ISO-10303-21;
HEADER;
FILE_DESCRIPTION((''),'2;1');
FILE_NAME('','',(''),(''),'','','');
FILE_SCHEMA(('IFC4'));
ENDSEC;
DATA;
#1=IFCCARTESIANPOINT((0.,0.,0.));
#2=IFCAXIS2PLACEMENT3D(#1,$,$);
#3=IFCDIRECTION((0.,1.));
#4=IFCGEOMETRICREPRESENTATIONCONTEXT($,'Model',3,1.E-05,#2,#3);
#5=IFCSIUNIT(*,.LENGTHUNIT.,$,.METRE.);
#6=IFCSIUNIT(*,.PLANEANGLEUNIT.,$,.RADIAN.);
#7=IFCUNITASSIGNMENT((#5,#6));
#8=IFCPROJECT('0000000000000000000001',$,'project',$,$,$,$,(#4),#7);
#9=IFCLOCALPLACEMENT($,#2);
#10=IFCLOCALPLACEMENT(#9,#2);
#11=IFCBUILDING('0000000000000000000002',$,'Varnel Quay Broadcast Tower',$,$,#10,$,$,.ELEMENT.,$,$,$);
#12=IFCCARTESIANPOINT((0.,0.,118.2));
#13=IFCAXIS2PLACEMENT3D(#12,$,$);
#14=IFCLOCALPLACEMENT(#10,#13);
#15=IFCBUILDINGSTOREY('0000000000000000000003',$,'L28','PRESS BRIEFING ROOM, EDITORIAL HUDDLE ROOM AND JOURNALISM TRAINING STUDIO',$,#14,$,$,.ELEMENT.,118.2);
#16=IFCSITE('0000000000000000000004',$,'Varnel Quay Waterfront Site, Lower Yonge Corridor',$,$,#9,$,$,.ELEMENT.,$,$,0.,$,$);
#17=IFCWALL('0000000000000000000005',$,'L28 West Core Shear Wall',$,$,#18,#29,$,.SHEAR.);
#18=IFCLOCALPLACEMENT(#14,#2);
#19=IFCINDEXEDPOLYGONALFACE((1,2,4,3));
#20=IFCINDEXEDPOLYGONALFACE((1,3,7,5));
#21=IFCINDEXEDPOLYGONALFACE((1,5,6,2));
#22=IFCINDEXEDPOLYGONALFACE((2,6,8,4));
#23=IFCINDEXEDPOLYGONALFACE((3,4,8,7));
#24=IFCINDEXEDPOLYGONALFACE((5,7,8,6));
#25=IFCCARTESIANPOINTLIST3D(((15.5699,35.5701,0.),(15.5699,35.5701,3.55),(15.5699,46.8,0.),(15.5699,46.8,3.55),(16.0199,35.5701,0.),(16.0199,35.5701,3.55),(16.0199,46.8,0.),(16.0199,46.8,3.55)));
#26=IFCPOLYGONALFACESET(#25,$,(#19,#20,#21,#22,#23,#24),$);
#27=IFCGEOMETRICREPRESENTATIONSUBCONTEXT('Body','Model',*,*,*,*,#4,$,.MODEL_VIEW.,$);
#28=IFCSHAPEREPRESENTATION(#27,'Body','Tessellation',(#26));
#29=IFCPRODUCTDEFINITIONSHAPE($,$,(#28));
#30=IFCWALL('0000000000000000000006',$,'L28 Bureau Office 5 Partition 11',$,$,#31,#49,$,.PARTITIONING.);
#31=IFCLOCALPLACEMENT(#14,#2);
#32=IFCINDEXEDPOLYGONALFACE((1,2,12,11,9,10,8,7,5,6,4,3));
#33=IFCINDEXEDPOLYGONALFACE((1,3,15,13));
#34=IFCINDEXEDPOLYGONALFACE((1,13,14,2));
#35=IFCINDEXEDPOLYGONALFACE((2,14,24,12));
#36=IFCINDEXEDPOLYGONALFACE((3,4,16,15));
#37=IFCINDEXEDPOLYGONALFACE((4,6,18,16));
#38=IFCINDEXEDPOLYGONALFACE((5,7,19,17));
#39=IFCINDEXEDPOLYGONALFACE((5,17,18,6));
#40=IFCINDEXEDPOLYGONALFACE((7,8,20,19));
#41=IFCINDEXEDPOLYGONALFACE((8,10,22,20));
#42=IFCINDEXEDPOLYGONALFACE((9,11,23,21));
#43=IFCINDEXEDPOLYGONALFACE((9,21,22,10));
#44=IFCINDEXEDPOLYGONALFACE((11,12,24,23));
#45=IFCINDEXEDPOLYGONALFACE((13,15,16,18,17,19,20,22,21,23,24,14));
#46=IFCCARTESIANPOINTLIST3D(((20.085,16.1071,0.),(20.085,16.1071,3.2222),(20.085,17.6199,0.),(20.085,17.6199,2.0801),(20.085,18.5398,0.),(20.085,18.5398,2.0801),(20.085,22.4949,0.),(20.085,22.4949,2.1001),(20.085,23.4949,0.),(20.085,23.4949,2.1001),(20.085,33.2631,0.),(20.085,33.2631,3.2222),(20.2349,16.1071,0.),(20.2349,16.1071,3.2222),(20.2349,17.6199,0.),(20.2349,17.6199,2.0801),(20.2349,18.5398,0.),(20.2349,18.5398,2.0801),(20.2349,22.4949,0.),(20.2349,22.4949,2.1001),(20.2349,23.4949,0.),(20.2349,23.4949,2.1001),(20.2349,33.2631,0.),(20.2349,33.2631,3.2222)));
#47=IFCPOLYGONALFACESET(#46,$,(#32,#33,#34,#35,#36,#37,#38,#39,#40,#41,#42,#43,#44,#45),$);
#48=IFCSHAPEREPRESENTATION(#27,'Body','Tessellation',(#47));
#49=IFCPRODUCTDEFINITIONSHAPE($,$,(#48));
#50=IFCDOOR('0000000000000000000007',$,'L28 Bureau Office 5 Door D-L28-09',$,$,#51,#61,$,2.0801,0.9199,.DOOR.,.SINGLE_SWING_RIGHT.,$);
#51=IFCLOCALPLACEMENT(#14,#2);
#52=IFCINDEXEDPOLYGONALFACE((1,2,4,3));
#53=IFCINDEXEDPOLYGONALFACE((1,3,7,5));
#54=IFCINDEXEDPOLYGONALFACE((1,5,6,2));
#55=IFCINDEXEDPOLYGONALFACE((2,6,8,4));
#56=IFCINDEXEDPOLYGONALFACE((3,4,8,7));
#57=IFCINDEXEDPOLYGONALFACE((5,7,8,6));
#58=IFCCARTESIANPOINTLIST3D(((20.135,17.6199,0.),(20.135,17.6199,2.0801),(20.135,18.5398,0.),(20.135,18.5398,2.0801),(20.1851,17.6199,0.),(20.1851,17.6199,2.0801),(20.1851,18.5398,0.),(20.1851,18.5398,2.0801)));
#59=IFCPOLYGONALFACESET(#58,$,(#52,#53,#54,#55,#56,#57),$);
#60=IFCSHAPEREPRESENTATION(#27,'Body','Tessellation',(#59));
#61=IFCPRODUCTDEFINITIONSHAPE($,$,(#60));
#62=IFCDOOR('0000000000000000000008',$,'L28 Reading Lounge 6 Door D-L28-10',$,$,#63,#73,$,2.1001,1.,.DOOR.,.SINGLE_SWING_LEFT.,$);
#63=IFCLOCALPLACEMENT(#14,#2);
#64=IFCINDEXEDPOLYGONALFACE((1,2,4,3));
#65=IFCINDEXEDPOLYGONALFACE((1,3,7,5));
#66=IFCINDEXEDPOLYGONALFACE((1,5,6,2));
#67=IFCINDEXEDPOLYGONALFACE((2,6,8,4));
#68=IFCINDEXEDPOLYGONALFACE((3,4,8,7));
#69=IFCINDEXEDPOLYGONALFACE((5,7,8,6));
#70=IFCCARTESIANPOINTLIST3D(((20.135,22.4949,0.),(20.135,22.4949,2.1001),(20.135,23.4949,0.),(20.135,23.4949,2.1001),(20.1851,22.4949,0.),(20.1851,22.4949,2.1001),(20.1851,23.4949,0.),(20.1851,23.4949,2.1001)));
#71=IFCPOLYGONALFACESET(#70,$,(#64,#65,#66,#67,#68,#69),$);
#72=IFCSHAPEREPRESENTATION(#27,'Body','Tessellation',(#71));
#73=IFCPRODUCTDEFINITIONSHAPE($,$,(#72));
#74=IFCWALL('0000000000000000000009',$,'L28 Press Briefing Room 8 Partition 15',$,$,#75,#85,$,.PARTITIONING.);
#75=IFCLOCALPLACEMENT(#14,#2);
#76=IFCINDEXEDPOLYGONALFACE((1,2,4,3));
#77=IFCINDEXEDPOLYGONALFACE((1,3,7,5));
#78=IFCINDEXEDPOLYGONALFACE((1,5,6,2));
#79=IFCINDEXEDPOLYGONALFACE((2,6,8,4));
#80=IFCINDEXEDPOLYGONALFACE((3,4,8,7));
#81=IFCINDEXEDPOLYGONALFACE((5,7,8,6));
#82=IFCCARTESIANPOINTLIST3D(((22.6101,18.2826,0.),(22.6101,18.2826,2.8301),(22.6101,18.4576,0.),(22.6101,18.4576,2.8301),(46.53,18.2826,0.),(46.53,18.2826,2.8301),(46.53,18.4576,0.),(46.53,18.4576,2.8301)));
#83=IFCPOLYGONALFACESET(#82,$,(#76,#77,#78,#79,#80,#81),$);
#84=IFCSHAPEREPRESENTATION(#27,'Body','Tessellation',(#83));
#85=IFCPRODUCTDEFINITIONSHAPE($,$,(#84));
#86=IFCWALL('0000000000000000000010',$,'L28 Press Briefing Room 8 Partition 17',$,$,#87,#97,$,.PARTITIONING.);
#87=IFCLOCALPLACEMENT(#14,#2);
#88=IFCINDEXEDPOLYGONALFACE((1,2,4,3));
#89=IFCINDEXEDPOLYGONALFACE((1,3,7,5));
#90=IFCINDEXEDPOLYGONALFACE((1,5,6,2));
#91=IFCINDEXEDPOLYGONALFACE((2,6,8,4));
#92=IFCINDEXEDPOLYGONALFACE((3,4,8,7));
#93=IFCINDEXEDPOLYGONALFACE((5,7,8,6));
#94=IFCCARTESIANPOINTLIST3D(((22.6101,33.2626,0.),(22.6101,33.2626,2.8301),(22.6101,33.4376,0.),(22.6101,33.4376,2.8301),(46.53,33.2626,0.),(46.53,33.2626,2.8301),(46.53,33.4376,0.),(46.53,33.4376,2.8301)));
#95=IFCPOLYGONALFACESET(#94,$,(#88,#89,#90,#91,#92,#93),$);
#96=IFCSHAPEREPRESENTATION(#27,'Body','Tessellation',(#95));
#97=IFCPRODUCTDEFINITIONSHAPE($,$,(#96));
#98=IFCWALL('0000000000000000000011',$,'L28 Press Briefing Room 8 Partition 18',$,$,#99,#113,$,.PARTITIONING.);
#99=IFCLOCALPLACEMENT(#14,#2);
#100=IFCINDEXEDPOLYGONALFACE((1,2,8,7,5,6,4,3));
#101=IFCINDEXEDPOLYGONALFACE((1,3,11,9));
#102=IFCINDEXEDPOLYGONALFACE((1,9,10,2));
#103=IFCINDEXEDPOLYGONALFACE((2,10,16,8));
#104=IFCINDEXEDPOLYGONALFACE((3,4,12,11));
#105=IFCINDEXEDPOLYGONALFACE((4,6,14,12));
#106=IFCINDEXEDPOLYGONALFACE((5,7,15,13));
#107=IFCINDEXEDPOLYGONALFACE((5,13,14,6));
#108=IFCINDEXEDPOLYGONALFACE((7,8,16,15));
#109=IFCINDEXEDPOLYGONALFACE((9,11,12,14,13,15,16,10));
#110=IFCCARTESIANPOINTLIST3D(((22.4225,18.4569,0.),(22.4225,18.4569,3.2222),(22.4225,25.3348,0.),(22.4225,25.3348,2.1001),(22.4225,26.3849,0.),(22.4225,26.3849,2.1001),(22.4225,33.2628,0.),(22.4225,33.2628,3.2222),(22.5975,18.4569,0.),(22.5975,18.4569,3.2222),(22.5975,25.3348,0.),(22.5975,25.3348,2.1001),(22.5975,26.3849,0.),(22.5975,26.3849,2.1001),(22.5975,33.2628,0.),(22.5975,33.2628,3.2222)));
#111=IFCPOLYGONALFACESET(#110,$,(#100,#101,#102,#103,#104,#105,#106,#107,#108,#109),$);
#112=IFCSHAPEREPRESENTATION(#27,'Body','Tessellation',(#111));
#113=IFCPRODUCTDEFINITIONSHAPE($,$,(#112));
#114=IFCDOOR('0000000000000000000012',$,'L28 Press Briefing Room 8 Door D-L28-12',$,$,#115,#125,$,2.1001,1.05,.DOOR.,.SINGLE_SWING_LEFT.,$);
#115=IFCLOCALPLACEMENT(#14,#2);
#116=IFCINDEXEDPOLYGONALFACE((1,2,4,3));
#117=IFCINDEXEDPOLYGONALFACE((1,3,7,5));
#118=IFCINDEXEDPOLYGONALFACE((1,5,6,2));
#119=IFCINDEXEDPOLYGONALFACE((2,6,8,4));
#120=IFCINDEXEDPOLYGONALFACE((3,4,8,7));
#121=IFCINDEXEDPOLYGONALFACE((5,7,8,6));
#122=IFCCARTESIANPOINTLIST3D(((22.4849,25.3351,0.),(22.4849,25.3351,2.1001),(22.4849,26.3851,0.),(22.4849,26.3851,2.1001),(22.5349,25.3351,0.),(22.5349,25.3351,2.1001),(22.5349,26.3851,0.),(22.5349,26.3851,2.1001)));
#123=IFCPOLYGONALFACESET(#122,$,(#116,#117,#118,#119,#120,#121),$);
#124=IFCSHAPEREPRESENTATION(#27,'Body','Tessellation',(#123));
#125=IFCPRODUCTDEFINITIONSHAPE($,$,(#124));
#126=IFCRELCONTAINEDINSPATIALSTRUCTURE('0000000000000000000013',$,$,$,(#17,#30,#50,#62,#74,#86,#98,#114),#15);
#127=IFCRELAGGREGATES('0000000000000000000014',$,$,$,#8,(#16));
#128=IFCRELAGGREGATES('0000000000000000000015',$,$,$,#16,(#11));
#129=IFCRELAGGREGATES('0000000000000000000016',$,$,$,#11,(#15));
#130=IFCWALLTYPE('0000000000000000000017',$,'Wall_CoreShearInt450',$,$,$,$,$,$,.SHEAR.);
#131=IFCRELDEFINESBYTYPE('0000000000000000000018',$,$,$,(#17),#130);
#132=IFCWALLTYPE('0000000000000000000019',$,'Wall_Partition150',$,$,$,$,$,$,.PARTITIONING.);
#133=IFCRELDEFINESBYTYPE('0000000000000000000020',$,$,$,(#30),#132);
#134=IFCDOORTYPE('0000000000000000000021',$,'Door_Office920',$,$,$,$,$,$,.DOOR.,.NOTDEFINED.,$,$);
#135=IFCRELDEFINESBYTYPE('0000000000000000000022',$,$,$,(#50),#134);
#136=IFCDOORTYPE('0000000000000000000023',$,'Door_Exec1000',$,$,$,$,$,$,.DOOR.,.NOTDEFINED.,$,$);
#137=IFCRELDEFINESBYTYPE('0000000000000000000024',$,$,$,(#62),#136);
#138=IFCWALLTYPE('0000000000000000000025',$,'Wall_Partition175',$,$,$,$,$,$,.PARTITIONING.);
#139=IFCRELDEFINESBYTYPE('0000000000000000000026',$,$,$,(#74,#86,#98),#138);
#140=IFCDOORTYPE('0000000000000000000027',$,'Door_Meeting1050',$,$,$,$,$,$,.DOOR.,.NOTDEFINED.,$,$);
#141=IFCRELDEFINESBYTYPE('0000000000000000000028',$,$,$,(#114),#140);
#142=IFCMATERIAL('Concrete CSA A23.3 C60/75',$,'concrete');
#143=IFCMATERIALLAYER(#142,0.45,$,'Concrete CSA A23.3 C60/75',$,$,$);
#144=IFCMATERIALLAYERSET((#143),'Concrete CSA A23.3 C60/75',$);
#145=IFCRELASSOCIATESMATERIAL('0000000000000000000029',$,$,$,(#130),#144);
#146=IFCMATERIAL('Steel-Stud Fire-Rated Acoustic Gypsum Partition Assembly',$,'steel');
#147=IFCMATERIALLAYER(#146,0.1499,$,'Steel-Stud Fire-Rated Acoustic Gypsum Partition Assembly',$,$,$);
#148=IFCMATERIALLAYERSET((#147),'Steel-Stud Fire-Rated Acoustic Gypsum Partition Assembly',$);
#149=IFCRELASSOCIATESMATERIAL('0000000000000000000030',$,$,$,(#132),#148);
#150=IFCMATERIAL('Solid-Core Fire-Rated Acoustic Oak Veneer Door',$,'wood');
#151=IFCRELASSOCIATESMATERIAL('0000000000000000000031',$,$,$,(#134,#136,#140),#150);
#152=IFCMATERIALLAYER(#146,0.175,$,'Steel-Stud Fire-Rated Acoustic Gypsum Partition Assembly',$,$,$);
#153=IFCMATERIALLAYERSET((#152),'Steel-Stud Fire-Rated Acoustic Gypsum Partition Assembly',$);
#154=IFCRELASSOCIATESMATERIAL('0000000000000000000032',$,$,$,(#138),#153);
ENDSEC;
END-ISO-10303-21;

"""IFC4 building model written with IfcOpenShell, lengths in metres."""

from ifc_helpers import new_model, si_unit, direction, frame, frame_2d, origin, place, context, subcontext, project, spatial, rectangle, extrude, source, transform, mapped, material, layer, layer_set, type_object, type_shapes, element, fill, save


model = new_model("IFC4")

# Units and contexts
model_context = context("Model", 3, precision=1e-05, world=origin(), true_north=direction((0.0, 1.0)))
body_context = subcontext(model_context, "Body", "Model", "MODEL_VIEW")
ifc_project = project(units=[si_unit("LENGTHUNIT", "METRE"), si_unit("PLANEANGLEUNIT", "RADIAN")], contexts=[model_context])

# Site, building, storey
site_placement = place(None, origin())
site = spatial("IfcSite", under=ifc_project, at=site_placement, Name="Varnel Quay Waterfront Site, Lower Yonge Corridor", CompositionType="ELEMENT", RefElevation=0.0)
building_placement = place(site_placement, origin())
building = spatial("IfcBuilding", under=site, at=building_placement, Name="Varnel Quay Broadcast Tower", CompositionType="ELEMENT")
storey_placement = place(building_placement, frame((0.0, 0.0, 118.2)))
storey = spatial("IfcBuildingStorey", under=building, at=storey_placement, Name="L28", Description="PRESS BRIEFING ROOM, EDITORIAL HUDDLE ROOM AND JOURNALISM TRAINING STUDIO", CompositionType="ELEMENT", Elevation=118.2)

# Wall
ifc_material_1 = material(Name="Concrete CSA A23.3 C60/75", Category="concrete")
ifc_layer_1 = layer(ifc_material_1, 0.45, Name="Concrete CSA A23.3 C60/75")
ifc_layer_set_1 = layer_set([ifc_layer_1], Name="Concrete CSA A23.3 C60/75")
wall_type_1 = type_object("IfcWallType", Name="Wall_CoreShearInt450", PredefinedType="SHEAR", material=ifc_layer_set_1)
wall_1_placement = place(storey_placement, frame((15.7949, 35.5701, 0.0), z_axis=(0.0, 0.0, 1.0), x_axis=(0.0, 1.0, 0.0)))
element("IfcWall", 1, at=wall_1_placement, inside=storey, type_object=wall_type_1, Name="L28 West Core Shear Wall", PredefinedType="SHEAR", context=body_context, shape_type="SweptSolid", body=[
    extrude(rectangle(XDim=11.23, YDim=0.45, at=frame_2d((5.615, 0.0))), origin(), (0.0, 0.0, 1.0), 3.55),
])

# Wall, openings, doors
ifc_material_2 = material(Name="Steel-Stud Fire-Rated Acoustic Gypsum Partition Assembly", Category="steel")
ifc_layer_2 = layer(ifc_material_2, 0.1499, Name="Steel-Stud Fire-Rated Acoustic Gypsum Partition Assembly")
ifc_layer_set_2 = layer_set([ifc_layer_2], Name="Steel-Stud Fire-Rated Acoustic Gypsum Partition Assembly")
wall_type_2 = type_object("IfcWallType", Name="Wall_Partition150", PredefinedType="PARTITIONING", material=ifc_layer_set_2)
wall_2_placement = place(storey_placement, frame((20.1599, 16.1069, 0.0), z_axis=(0.0, 0.0, 1.0), x_axis=(0.0, 1.0, 0.0)))
wall_2 = element("IfcWall", 2, at=wall_2_placement, inside=storey, type_object=wall_type_2, Name="L28 Bureau Office 5 Partition 11", PredefinedType="PARTITIONING", context=body_context, shape_type="SweptSolid", body=[
    extrude(rectangle(XDim=17.156, YDim=0.1499, at=frame_2d((8.5781, 0.0))), origin(), (0.0, 0.0, 1.0), 3.2222),
])
opening_1_placement = place(wall_2_placement, frame((1.5129, 0.0, 0.0)))
opening_1 = element("IfcOpeningElement", 3, at=opening_1_placement, cuts=wall_2, PredefinedType="OPENING", context=body_context, shape_type="SweptSolid", body=[
    extrude(rectangle(XDim=0.9199, YDim=2.0801, at=frame_2d((0.46, 1.04))), frame((0.0, 0.085, 0.0), z_axis=(0.0, -1.0, 0.0), x_axis=(1.0, 0.0, 0.0)), (0.0, 0.0, 1.0), 0.1699),
])
opening_2_placement = place(wall_2_placement, frame((6.3879, 0.0, 0.0)))
opening_2 = element("IfcOpeningElement", 4, at=opening_2_placement, cuts=wall_2, PredefinedType="OPENING", context=body_context, shape_type="SweptSolid", body=[
    extrude(rectangle(XDim=1.0, YDim=2.1001, at=frame_2d((0.5, 1.05))), frame((0.0, 0.085, 0.0), z_axis=(0.0, -1.0, 0.0), x_axis=(1.0, 0.0, 0.0)), (0.0, 0.0, 1.0), 0.1699),
])
ifc_material_3 = material(Name="Solid-Core Fire-Rated Acoustic Oak Veneer Door", Category="wood")
door_type_1 = type_object("IfcDoorType", Name="Door_Office920", OperationType="NOTDEFINED", PredefinedType="DOOR", material=ifc_material_3)
shared_shape_1 = source(origin(), body_context, "Body", "SweptSolid", [
    extrude(rectangle(XDim=0.9199, YDim=2.0801, at=frame_2d((0.46, 1.04))), frame((0.0, 0.0249, 0.0), z_axis=(0.0, -1.0, 0.0), x_axis=(1.0, 0.0, 0.0)), (0.0, 0.0, 1.0), 0.05),
])
type_shapes(door_type_1, [shared_shape_1])
door_1_placement = place(opening_1_placement, origin())
door_1 = element("IfcDoor", 5, at=door_1_placement, inside=storey, type_object=door_type_1, Name="L28 Bureau Office 5 Door D-L28-09", OperationType="SINGLE_SWING_RIGHT", OverallHeight=2.0801, OverallWidth=0.9199, PredefinedType="DOOR", context=body_context, shape_type="MappedRepresentation", body=[
    mapped(shared_shape_1, transform((0.0, 0.0, 0.0), x_axis=(1.0, 0.0, 0.0), y_axis=(0.0, 1.0, 0.0), z_axis=(0.0, 0.0, 1.0), scale=1.0)),
])
fill(opening_1, door_1)
door_type_2 = type_object("IfcDoorType", Name="Door_Exec1000", OperationType="NOTDEFINED", PredefinedType="DOOR", material=ifc_material_3)
shared_shape_2 = source(origin(), body_context, "Body", "SweptSolid", [
    extrude(rectangle(XDim=1.0, YDim=2.1001, at=frame_2d((0.5, 1.05))), frame((0.0, 0.0249, 0.0), z_axis=(0.0, -1.0, 0.0), x_axis=(1.0, 0.0, 0.0)), (0.0, 0.0, 1.0), 0.05),
])
type_shapes(door_type_2, [shared_shape_2])
door_2_placement = place(opening_2_placement, origin())
door_2 = element("IfcDoor", 6, at=door_2_placement, inside=storey, type_object=door_type_2, Name="L28 Reading Lounge 6 Door D-L28-10", OperationType="SINGLE_SWING_LEFT", OverallHeight=2.1001, OverallWidth=1.0, PredefinedType="DOOR", context=body_context, shape_type="MappedRepresentation", body=[
    mapped(shared_shape_2, transform((0.0, 0.0, 0.0), x_axis=(1.0, 0.0, 0.0), y_axis=(0.0, 1.0, 0.0), z_axis=(0.0, 0.0, 1.0), scale=1.0)),
])
fill(opening_2, door_2)

# Walls
ifc_layer_3 = layer(ifc_material_2, 0.175, Name="Steel-Stud Fire-Rated Acoustic Gypsum Partition Assembly")
ifc_layer_set_3 = layer_set([ifc_layer_3], Name="Steel-Stud Fire-Rated Acoustic Gypsum Partition Assembly")
wall_type_3 = type_object("IfcWallType", Name="Wall_Partition175", PredefinedType="PARTITIONING", material=ifc_layer_set_3)
for number, where, z_axis, x_axis, name in (
    (7, (22.6101, 18.3701, 0.0), (0.0, 0.0, 1.0), (1.0, 0.0, 0.0), "L28 Press Briefing Room 8 Partition 15"),
    (8, (22.6101, 33.3501, 0.0), (0.0, 0.0, 1.0), (1.0, 0.0, 0.0), "L28 Press Briefing Room 8 Partition 17"),
):
    element("IfcWall", number, at=place(storey_placement, frame(where, z_axis=z_axis, x_axis=x_axis)), inside=storey, type_object=wall_type_3, Name=name, PredefinedType="PARTITIONING", context=body_context, shape_type="SweptSolid", body=[
        extrude(rectangle(XDim=23.9199, YDim=0.175, at=frame_2d((11.96, 0.0))), origin(), (0.0, 0.0, 1.0), 2.8301),
    ])

# Wall, opening, door
wall_3_placement = place(storey_placement, frame((22.51, 18.457, 0.0), z_axis=(0.0, 0.0, 1.0), x_axis=(0.0, 1.0, 0.0)))
wall_3 = element("IfcWall", 9, at=wall_3_placement, inside=storey, type_object=wall_type_3, Name="L28 Press Briefing Room 8 Partition 18", PredefinedType="PARTITIONING", context=body_context, shape_type="SweptSolid", body=[
    extrude(rectangle(XDim=14.8059, YDim=0.175, at=frame_2d((7.4028, 0.0))), origin(), (0.0, 0.0, 1.0), 3.2222),
])
opening_3_placement = place(wall_3_placement, frame((6.8779, 0.0, 0.0)))
opening_3 = element("IfcOpeningElement", 10, at=opening_3_placement, cuts=wall_3, PredefinedType="OPENING", context=body_context, shape_type="SweptSolid", body=[
    extrude(rectangle(XDim=1.05, YDim=2.1001, at=frame_2d((0.5249, 1.05))), frame((0.0, 0.0977, 0.0), z_axis=(0.0, -1.0, 0.0), x_axis=(1.0, 0.0, 0.0)), (0.0, 0.0, 1.0), 0.1951),
])
door_type_3 = type_object("IfcDoorType", Name="Door_Meeting1050", OperationType="NOTDEFINED", PredefinedType="DOOR", material=ifc_material_3)
shared_shape_3 = source(origin(), body_context, "Body", "SweptSolid", [
    extrude(rectangle(XDim=1.05, YDim=2.1001, at=frame_2d((0.5249, 1.05))), frame((0.0, 0.0249, 0.0), z_axis=(0.0, -1.0, 0.0), x_axis=(1.0, 0.0, 0.0)), (0.0, 0.0, 1.0), 0.05),
])
type_shapes(door_type_3, [shared_shape_3])
door_3_placement = place(opening_3_placement, frame((1.05, 0.0, 0.0), z_axis=(0.0, 0.0, 1.0), x_axis=(-1.0, 0.0, 0.0)))
door_3 = element("IfcDoor", 11, at=door_3_placement, inside=storey, type_object=door_type_3, Name="L28 Press Briefing Room 8 Door D-L28-12", OperationType="SINGLE_SWING_LEFT", OverallHeight=2.1001, OverallWidth=1.05, PredefinedType="DOOR", context=body_context, shape_type="MappedRepresentation", body=[
    mapped(shared_shape_3, transform((0.0, 0.0, 0.0), x_axis=(1.0, 0.0, 0.0), y_axis=(0.0, 1.0, 0.0), z_axis=(0.0, 0.0, 1.0), scale=1.0)),
])
fill(opening_3, door_3)

save(model, "model.ifc")
